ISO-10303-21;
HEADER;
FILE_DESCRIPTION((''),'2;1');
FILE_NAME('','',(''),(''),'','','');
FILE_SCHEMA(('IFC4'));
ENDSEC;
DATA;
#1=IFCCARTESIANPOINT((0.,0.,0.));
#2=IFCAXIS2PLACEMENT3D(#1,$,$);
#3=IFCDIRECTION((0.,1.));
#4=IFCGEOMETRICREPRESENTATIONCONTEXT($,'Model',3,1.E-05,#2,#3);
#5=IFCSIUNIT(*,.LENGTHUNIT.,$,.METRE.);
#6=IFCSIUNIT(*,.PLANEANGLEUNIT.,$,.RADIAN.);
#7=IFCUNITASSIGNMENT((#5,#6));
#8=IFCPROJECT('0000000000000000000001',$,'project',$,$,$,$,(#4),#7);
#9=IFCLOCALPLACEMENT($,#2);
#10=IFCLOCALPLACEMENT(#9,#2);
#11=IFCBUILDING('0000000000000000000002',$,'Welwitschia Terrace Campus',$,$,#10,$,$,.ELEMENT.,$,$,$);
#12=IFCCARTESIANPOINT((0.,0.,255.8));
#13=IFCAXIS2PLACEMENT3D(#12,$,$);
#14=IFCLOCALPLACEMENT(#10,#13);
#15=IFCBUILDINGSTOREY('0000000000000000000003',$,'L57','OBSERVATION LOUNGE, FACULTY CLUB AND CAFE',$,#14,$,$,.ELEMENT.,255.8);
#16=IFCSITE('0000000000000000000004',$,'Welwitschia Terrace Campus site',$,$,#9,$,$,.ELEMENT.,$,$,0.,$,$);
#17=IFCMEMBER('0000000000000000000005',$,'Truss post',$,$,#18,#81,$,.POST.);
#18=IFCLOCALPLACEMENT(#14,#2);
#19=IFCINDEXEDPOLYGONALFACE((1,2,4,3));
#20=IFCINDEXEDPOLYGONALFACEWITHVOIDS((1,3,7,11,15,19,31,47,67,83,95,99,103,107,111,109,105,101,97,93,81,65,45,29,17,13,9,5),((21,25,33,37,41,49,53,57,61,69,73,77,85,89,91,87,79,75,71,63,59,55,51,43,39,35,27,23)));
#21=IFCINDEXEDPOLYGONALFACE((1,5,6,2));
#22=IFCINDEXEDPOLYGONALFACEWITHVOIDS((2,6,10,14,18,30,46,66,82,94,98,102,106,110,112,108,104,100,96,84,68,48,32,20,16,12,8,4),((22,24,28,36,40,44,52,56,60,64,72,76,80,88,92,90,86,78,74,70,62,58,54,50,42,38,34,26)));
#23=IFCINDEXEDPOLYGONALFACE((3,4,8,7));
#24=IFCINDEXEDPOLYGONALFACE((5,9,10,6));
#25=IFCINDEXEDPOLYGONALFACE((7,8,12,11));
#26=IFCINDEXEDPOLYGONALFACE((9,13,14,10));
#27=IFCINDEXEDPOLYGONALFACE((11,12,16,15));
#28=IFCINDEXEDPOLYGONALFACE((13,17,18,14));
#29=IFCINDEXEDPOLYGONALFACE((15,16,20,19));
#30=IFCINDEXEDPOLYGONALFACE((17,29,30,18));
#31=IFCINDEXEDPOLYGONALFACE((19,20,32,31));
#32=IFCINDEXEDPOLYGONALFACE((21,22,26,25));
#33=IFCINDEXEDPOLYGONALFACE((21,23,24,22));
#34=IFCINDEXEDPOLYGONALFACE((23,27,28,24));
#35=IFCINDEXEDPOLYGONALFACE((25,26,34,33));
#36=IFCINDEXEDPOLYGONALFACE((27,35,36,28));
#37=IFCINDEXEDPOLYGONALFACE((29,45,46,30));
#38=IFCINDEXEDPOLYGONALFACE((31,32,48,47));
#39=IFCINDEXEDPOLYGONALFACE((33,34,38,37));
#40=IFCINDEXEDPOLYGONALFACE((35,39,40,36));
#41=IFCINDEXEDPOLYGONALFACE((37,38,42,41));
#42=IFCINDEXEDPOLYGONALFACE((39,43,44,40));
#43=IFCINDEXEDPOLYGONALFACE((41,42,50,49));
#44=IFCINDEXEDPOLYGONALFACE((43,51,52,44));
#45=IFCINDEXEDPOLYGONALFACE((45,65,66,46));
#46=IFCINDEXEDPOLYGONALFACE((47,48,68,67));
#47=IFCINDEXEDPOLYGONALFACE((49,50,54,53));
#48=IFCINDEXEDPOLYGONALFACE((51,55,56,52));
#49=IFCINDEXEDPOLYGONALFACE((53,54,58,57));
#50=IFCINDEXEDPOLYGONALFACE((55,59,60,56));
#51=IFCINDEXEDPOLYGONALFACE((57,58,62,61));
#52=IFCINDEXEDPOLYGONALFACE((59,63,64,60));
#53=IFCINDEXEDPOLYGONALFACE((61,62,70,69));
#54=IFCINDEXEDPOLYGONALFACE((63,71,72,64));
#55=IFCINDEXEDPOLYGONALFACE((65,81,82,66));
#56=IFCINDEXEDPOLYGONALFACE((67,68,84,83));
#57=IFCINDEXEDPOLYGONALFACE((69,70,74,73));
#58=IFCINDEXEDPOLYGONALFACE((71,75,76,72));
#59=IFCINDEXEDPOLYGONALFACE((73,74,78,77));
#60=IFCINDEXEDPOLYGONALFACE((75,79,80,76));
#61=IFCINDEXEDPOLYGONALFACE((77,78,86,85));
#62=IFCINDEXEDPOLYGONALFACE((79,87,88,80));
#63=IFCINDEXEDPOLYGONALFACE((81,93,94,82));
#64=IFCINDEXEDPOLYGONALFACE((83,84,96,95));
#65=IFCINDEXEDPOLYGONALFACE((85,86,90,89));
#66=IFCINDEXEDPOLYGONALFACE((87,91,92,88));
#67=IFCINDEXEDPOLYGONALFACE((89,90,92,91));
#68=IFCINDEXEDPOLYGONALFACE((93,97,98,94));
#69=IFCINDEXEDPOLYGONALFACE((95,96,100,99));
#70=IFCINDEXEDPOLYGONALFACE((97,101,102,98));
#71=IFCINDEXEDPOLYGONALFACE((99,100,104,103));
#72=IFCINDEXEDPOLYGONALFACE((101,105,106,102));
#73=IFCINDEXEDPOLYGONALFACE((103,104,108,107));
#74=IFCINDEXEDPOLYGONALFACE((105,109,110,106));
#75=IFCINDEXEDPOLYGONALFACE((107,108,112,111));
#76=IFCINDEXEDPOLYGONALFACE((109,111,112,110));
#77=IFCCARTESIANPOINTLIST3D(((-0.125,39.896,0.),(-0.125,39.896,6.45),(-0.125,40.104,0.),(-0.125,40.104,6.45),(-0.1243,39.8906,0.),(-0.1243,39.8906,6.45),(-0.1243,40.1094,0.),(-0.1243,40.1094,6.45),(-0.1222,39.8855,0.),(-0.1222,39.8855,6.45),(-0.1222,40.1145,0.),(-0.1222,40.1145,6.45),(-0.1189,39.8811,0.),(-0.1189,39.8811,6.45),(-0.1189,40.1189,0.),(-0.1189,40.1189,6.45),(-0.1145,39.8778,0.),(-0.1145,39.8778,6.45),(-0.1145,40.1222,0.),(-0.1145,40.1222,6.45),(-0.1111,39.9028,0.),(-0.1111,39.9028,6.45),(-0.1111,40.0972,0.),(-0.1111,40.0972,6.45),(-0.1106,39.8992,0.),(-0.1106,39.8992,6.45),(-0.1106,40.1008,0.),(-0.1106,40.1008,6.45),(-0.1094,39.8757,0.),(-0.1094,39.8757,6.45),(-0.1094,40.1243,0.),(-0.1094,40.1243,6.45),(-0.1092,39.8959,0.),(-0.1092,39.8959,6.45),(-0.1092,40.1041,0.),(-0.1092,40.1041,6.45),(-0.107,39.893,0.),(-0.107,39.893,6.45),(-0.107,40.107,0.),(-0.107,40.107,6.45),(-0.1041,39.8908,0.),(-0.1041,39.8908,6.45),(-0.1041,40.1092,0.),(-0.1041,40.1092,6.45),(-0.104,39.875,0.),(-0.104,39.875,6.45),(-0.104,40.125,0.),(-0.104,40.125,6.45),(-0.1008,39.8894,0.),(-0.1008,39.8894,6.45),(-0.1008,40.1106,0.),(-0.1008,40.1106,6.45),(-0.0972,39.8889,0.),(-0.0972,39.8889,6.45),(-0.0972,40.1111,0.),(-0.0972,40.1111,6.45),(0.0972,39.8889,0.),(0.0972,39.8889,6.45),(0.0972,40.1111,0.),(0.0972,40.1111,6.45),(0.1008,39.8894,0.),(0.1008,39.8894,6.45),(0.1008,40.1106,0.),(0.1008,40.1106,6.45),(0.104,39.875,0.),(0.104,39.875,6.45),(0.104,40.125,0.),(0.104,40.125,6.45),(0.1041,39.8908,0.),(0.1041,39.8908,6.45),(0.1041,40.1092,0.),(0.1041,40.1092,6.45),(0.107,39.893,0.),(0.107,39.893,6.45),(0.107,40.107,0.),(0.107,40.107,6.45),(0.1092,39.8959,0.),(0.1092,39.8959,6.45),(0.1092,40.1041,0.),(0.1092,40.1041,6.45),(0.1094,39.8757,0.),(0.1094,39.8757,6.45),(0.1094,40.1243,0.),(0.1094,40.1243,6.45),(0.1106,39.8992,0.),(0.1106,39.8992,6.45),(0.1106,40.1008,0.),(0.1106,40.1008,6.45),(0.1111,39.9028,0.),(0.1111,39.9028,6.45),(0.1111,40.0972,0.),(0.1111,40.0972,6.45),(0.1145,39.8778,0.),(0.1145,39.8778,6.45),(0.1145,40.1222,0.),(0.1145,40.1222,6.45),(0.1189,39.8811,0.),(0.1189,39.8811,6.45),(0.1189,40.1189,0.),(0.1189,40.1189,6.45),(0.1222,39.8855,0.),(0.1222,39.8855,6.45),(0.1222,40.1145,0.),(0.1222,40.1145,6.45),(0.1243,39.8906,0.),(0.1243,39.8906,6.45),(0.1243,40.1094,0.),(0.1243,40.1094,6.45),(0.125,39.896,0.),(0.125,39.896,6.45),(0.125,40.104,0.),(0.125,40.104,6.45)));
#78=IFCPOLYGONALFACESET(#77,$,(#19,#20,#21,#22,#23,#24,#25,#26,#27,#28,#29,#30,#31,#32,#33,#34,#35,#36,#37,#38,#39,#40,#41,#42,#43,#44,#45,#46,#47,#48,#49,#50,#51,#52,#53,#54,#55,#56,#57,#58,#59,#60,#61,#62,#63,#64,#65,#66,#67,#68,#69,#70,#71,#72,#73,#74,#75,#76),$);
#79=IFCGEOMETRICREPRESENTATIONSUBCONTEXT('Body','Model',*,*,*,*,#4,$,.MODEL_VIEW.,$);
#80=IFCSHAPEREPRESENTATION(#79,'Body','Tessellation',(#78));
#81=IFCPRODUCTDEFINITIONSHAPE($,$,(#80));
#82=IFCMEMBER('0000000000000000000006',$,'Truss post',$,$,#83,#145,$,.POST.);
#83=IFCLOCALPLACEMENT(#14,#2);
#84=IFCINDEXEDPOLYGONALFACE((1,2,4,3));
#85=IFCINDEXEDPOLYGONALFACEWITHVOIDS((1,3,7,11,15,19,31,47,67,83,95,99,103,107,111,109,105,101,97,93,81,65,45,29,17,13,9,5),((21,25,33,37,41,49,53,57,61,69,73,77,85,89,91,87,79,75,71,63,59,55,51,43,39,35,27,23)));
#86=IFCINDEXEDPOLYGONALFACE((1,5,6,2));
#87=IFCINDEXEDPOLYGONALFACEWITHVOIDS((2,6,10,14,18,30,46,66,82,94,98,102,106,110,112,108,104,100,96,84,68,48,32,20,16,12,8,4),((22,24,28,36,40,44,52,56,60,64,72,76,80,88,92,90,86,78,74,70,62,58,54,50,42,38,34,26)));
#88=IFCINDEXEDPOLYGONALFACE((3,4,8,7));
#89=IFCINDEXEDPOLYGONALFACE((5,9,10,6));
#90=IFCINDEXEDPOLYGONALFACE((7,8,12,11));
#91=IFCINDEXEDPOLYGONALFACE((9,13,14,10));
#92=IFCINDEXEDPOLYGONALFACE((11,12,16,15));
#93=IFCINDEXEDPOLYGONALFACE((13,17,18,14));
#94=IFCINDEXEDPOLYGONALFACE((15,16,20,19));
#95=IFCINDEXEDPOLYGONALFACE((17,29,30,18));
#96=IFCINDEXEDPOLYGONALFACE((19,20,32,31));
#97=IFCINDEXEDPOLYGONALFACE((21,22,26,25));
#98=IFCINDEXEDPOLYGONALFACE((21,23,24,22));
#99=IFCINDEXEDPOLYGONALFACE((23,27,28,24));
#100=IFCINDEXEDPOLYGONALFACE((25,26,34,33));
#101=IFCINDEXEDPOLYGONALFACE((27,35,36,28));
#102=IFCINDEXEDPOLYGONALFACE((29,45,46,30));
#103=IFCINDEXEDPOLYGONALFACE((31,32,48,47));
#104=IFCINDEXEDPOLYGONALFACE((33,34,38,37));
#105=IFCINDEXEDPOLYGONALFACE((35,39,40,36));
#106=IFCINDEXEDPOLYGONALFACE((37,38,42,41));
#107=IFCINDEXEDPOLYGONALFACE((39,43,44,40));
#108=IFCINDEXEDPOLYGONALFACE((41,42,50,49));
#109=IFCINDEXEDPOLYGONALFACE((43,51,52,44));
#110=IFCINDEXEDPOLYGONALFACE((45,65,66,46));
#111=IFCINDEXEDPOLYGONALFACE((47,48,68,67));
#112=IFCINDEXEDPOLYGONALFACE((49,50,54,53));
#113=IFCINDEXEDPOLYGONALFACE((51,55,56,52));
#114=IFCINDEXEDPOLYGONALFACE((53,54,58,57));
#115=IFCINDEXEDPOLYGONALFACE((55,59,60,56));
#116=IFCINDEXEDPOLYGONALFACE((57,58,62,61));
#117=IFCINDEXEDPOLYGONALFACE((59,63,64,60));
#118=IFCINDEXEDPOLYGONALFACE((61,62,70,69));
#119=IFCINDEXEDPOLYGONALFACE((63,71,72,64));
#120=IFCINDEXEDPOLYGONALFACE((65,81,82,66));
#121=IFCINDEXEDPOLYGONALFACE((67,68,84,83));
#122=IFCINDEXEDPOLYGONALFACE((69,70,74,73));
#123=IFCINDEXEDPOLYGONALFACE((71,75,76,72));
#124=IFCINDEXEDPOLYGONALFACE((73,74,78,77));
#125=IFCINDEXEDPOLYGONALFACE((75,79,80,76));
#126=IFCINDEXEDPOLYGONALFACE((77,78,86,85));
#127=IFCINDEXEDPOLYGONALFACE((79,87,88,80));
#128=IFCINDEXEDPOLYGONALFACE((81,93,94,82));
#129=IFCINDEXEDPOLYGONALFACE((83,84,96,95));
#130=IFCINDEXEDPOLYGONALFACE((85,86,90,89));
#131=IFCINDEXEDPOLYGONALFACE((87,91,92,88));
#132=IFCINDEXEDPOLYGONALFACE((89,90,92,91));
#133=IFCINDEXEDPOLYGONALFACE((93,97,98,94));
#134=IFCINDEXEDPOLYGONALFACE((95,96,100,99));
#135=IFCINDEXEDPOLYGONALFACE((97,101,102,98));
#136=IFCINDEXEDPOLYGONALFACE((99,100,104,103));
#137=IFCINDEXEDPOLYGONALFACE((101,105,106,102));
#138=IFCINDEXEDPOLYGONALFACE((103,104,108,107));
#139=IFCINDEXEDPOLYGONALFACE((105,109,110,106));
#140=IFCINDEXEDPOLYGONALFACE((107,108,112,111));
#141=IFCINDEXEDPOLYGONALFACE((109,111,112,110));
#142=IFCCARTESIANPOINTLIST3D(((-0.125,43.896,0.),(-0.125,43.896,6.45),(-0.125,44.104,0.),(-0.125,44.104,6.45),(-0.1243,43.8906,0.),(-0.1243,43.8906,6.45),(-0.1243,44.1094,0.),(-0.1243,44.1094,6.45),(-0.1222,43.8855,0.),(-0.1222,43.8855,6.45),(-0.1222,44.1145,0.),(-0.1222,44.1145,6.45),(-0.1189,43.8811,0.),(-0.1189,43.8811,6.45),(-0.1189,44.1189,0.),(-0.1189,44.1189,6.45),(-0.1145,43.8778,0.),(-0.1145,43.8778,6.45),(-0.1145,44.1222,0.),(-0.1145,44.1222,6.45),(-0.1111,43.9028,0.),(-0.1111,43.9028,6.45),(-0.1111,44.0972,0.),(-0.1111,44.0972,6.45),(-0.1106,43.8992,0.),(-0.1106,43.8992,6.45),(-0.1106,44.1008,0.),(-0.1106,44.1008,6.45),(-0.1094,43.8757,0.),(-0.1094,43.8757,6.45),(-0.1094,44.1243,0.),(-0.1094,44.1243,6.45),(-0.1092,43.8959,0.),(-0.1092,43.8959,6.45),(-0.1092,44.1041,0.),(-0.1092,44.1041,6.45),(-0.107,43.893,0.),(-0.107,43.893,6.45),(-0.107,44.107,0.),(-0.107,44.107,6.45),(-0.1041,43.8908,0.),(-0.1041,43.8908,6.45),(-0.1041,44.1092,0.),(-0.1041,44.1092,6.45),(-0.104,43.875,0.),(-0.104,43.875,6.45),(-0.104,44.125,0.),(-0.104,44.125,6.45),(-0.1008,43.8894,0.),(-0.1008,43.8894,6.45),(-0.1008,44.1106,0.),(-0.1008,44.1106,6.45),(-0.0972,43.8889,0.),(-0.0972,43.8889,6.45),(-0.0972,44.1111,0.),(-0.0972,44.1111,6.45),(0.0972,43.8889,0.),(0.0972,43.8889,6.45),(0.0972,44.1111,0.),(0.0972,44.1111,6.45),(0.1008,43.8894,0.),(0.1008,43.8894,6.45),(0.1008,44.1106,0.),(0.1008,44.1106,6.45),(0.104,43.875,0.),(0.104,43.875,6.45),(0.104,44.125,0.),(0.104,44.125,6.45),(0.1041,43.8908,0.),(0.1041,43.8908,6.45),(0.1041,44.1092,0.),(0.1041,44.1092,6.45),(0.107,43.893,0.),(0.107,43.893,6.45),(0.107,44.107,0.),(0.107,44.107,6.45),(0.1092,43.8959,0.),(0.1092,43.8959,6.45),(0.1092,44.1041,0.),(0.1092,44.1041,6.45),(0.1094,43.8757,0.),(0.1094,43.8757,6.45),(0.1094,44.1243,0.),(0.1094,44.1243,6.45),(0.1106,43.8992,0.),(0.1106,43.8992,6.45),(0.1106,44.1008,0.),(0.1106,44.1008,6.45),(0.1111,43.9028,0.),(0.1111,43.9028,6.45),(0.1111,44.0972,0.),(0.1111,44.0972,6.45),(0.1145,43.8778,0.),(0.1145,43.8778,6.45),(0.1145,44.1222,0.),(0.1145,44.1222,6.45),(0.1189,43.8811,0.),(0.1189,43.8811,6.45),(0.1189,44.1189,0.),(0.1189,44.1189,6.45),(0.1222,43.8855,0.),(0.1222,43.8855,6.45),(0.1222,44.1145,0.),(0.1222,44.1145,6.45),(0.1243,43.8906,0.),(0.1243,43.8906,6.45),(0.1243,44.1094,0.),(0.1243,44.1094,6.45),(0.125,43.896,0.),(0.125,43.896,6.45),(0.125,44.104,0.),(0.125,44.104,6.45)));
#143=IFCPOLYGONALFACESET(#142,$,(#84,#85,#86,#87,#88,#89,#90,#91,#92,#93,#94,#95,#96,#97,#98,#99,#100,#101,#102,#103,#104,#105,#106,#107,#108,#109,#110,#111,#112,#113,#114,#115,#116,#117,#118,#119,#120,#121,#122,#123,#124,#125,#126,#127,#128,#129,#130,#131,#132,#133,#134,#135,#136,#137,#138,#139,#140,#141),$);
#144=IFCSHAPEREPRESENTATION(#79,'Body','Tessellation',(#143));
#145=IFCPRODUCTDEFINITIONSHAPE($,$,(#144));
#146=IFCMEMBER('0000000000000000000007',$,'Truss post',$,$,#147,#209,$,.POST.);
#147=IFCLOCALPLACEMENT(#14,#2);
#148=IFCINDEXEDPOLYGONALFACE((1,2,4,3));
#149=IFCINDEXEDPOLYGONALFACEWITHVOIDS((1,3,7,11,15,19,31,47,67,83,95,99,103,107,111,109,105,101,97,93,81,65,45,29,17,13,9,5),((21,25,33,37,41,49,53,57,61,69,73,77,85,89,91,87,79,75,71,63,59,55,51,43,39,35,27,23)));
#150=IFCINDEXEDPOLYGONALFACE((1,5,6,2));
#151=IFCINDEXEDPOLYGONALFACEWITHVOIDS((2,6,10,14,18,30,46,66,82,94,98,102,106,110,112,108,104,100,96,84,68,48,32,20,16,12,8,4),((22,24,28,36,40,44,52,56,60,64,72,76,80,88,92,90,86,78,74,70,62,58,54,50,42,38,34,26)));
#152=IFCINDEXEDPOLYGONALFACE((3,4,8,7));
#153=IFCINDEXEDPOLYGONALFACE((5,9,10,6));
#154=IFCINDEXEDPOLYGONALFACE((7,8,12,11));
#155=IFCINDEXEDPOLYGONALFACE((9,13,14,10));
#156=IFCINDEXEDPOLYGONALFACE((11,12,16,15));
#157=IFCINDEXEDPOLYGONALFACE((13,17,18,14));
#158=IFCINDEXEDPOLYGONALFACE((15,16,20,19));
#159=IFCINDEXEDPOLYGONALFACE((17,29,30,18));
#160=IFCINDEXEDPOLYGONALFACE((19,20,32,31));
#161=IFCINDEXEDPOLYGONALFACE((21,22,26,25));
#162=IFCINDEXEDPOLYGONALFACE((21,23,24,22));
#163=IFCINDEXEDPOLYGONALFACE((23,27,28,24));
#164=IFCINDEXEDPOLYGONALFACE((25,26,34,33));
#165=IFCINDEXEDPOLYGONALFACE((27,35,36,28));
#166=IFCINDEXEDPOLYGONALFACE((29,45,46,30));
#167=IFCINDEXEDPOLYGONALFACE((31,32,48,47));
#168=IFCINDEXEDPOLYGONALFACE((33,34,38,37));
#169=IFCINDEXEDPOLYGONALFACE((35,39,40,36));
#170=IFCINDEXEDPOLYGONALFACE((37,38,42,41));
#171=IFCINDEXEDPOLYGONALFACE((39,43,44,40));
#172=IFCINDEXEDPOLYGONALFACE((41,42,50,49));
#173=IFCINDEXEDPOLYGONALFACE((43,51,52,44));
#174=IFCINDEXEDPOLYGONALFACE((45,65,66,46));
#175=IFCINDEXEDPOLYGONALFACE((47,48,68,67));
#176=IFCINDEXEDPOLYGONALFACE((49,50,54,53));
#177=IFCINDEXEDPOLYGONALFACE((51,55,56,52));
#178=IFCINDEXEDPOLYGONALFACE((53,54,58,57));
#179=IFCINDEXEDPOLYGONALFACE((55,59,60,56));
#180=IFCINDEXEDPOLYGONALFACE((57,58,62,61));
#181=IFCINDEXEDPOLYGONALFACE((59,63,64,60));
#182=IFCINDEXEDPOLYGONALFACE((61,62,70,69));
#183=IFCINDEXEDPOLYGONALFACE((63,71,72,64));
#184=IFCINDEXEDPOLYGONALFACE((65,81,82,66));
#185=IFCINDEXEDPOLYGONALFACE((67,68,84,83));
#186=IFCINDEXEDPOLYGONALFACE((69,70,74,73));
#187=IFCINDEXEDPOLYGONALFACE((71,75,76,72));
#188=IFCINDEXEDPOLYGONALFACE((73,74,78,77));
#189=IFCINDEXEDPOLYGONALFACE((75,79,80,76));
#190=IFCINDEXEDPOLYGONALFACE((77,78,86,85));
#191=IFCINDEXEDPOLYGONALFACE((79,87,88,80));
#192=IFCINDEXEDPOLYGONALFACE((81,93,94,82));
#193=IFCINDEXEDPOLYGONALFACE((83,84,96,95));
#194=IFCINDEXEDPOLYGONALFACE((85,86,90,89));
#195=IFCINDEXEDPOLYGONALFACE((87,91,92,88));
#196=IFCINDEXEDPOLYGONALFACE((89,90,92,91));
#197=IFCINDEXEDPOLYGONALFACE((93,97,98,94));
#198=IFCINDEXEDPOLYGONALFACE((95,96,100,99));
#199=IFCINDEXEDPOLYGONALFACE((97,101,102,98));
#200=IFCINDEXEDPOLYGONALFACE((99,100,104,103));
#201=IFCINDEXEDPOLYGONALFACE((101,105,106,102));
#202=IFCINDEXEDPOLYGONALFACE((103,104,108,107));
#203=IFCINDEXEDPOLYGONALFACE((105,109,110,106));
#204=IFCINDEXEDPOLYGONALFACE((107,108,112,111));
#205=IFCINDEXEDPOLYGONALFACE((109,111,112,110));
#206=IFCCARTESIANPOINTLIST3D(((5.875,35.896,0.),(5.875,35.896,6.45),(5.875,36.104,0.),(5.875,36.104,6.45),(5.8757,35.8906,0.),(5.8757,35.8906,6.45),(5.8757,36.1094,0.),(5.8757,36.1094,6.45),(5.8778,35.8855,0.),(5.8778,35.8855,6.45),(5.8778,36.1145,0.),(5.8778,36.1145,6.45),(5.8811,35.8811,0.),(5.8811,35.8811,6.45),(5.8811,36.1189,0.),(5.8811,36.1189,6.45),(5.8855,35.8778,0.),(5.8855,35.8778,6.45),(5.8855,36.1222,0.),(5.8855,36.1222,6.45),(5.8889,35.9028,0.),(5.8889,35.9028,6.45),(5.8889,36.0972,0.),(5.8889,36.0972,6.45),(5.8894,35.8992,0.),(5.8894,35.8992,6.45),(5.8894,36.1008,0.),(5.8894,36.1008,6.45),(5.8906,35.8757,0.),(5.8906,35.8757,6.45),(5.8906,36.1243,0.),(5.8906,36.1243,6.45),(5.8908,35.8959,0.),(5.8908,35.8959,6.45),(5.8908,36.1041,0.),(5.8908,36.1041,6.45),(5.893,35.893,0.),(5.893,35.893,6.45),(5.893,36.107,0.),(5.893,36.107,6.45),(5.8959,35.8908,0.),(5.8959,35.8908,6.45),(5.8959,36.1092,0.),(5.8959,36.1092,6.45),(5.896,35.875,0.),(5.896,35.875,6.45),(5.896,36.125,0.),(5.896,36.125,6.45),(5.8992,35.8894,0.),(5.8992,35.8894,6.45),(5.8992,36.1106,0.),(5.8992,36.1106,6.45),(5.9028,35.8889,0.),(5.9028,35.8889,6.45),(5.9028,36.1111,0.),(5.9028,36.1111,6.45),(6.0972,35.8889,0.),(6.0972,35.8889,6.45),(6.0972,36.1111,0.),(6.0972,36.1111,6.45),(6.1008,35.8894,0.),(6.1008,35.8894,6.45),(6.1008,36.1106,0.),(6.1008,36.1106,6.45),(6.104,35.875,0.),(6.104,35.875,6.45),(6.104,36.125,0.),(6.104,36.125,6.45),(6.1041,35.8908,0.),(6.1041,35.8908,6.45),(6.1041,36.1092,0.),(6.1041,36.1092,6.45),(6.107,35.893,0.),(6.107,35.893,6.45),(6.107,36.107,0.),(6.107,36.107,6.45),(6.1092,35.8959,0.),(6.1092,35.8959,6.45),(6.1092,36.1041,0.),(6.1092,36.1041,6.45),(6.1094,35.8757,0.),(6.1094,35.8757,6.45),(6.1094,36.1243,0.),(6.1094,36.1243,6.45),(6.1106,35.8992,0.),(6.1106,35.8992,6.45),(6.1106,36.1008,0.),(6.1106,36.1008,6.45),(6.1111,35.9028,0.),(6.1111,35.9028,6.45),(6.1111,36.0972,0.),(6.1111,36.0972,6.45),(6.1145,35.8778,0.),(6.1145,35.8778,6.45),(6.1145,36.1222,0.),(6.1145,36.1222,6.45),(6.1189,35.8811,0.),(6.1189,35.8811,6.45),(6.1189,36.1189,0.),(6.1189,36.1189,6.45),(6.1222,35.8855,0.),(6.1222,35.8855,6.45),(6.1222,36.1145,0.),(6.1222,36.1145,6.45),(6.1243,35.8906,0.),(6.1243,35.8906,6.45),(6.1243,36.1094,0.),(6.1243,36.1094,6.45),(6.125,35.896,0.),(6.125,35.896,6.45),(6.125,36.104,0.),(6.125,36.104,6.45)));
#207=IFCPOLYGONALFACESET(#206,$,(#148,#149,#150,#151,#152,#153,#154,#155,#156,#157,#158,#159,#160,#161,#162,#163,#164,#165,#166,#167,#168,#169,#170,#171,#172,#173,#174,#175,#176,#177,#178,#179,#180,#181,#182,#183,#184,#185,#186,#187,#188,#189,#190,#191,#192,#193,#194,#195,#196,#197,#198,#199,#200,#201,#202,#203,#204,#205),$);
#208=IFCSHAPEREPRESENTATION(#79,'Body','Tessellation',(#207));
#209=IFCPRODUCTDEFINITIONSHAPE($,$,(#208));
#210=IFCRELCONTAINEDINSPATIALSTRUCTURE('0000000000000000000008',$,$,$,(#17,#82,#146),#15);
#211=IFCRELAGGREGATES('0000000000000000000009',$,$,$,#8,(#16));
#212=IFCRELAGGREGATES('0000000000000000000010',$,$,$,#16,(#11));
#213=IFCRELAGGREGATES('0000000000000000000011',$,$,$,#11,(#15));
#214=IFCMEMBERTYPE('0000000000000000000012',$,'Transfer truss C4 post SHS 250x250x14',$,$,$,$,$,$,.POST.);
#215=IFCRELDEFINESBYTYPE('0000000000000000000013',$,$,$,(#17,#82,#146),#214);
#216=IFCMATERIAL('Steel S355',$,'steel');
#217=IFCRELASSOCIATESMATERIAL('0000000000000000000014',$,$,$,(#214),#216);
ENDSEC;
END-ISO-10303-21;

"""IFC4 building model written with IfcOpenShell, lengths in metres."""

from ifc_helpers import new_model, si_unit, direction, frame, origin, origin_2d, place, context, subcontext, project, spatial, hollow_rectangle, extrude, material, material_profile, profile_set, type_object, element, save


model = new_model("IFC4")

# Units and contexts
model_context = context("Model", 3, precision=1e-05, world=origin(), true_north=direction((0.0, 1.0)))
body_context = subcontext(model_context, "Body", "Model", "MODEL_VIEW")
ifc_project = project(units=[si_unit("LENGTHUNIT", "METRE"), si_unit("PLANEANGLEUNIT", "RADIAN")], contexts=[model_context])

# Site, building, storey
site_placement = place(None, origin())
site = spatial("IfcSite", under=ifc_project, at=site_placement, Name="Welwitschia Terrace Campus site", CompositionType="ELEMENT", RefElevation=0.0)
building_placement = place(site_placement, origin())
building = spatial("IfcBuilding", under=site, at=building_placement, Name="Welwitschia Terrace Campus", CompositionType="ELEMENT")
storey_placement = place(building_placement, frame((0.0, 0.0, 255.8)))
storey = spatial("IfcBuildingStorey", under=building, at=storey_placement, Name="L57", Description="OBSERVATION LOUNGE, FACULTY CLUB AND CAFE", CompositionType="ELEMENT", Elevation=255.8)

# Members
ifc_material_1 = material(Name="Steel S355", Category="steel")
ifc_material_profile_1 = material_profile(ifc_material_1, hollow_rectangle(XDim=0.25, YDim=0.25, WallThickness=0.0139, InnerFilletRadius=0.0139, OuterFilletRadius=0.021, at=origin_2d()))
ifc_profile_set_1 = profile_set([ifc_material_profile_1], Name="Steel S355")
member_type_1 = type_object("IfcMemberType", Name="Transfer truss C4 post SHS 250x250x14", PredefinedType="POST", material=ifc_profile_set_1)
for number, where, z_axis, x_axis, name in (
    (1, (0.0, 40.0, 0.0), (0.0, 0.0, 1.0), (1.0, 0.0, 0.0), "Truss post"),
    (2, (0.0, 44.0, 0.0), (0.0, 0.0, 1.0), (1.0, 0.0, 0.0), "Truss post"),
    (3, (6.0, 36.0, 0.0), (0.0, 0.0, 1.0), (1.0, 0.0, 0.0), "Truss post"),
):
    element("IfcMember", number, at=place(storey_placement, frame(where, z_axis=z_axis, x_axis=x_axis)), inside=storey, type_object=member_type_1, Name=name, PredefinedType="POST", context=body_context, shape_type="SweptSolid", body=[
        extrude(hollow_rectangle(XDim=0.25, YDim=0.25, WallThickness=0.0139, InnerFilletRadius=0.0139, OuterFilletRadius=0.021, at=origin_2d()), origin(), (0.0, 0.0, 1.0), 6.45),
    ])

save(model, "model.ifc")
